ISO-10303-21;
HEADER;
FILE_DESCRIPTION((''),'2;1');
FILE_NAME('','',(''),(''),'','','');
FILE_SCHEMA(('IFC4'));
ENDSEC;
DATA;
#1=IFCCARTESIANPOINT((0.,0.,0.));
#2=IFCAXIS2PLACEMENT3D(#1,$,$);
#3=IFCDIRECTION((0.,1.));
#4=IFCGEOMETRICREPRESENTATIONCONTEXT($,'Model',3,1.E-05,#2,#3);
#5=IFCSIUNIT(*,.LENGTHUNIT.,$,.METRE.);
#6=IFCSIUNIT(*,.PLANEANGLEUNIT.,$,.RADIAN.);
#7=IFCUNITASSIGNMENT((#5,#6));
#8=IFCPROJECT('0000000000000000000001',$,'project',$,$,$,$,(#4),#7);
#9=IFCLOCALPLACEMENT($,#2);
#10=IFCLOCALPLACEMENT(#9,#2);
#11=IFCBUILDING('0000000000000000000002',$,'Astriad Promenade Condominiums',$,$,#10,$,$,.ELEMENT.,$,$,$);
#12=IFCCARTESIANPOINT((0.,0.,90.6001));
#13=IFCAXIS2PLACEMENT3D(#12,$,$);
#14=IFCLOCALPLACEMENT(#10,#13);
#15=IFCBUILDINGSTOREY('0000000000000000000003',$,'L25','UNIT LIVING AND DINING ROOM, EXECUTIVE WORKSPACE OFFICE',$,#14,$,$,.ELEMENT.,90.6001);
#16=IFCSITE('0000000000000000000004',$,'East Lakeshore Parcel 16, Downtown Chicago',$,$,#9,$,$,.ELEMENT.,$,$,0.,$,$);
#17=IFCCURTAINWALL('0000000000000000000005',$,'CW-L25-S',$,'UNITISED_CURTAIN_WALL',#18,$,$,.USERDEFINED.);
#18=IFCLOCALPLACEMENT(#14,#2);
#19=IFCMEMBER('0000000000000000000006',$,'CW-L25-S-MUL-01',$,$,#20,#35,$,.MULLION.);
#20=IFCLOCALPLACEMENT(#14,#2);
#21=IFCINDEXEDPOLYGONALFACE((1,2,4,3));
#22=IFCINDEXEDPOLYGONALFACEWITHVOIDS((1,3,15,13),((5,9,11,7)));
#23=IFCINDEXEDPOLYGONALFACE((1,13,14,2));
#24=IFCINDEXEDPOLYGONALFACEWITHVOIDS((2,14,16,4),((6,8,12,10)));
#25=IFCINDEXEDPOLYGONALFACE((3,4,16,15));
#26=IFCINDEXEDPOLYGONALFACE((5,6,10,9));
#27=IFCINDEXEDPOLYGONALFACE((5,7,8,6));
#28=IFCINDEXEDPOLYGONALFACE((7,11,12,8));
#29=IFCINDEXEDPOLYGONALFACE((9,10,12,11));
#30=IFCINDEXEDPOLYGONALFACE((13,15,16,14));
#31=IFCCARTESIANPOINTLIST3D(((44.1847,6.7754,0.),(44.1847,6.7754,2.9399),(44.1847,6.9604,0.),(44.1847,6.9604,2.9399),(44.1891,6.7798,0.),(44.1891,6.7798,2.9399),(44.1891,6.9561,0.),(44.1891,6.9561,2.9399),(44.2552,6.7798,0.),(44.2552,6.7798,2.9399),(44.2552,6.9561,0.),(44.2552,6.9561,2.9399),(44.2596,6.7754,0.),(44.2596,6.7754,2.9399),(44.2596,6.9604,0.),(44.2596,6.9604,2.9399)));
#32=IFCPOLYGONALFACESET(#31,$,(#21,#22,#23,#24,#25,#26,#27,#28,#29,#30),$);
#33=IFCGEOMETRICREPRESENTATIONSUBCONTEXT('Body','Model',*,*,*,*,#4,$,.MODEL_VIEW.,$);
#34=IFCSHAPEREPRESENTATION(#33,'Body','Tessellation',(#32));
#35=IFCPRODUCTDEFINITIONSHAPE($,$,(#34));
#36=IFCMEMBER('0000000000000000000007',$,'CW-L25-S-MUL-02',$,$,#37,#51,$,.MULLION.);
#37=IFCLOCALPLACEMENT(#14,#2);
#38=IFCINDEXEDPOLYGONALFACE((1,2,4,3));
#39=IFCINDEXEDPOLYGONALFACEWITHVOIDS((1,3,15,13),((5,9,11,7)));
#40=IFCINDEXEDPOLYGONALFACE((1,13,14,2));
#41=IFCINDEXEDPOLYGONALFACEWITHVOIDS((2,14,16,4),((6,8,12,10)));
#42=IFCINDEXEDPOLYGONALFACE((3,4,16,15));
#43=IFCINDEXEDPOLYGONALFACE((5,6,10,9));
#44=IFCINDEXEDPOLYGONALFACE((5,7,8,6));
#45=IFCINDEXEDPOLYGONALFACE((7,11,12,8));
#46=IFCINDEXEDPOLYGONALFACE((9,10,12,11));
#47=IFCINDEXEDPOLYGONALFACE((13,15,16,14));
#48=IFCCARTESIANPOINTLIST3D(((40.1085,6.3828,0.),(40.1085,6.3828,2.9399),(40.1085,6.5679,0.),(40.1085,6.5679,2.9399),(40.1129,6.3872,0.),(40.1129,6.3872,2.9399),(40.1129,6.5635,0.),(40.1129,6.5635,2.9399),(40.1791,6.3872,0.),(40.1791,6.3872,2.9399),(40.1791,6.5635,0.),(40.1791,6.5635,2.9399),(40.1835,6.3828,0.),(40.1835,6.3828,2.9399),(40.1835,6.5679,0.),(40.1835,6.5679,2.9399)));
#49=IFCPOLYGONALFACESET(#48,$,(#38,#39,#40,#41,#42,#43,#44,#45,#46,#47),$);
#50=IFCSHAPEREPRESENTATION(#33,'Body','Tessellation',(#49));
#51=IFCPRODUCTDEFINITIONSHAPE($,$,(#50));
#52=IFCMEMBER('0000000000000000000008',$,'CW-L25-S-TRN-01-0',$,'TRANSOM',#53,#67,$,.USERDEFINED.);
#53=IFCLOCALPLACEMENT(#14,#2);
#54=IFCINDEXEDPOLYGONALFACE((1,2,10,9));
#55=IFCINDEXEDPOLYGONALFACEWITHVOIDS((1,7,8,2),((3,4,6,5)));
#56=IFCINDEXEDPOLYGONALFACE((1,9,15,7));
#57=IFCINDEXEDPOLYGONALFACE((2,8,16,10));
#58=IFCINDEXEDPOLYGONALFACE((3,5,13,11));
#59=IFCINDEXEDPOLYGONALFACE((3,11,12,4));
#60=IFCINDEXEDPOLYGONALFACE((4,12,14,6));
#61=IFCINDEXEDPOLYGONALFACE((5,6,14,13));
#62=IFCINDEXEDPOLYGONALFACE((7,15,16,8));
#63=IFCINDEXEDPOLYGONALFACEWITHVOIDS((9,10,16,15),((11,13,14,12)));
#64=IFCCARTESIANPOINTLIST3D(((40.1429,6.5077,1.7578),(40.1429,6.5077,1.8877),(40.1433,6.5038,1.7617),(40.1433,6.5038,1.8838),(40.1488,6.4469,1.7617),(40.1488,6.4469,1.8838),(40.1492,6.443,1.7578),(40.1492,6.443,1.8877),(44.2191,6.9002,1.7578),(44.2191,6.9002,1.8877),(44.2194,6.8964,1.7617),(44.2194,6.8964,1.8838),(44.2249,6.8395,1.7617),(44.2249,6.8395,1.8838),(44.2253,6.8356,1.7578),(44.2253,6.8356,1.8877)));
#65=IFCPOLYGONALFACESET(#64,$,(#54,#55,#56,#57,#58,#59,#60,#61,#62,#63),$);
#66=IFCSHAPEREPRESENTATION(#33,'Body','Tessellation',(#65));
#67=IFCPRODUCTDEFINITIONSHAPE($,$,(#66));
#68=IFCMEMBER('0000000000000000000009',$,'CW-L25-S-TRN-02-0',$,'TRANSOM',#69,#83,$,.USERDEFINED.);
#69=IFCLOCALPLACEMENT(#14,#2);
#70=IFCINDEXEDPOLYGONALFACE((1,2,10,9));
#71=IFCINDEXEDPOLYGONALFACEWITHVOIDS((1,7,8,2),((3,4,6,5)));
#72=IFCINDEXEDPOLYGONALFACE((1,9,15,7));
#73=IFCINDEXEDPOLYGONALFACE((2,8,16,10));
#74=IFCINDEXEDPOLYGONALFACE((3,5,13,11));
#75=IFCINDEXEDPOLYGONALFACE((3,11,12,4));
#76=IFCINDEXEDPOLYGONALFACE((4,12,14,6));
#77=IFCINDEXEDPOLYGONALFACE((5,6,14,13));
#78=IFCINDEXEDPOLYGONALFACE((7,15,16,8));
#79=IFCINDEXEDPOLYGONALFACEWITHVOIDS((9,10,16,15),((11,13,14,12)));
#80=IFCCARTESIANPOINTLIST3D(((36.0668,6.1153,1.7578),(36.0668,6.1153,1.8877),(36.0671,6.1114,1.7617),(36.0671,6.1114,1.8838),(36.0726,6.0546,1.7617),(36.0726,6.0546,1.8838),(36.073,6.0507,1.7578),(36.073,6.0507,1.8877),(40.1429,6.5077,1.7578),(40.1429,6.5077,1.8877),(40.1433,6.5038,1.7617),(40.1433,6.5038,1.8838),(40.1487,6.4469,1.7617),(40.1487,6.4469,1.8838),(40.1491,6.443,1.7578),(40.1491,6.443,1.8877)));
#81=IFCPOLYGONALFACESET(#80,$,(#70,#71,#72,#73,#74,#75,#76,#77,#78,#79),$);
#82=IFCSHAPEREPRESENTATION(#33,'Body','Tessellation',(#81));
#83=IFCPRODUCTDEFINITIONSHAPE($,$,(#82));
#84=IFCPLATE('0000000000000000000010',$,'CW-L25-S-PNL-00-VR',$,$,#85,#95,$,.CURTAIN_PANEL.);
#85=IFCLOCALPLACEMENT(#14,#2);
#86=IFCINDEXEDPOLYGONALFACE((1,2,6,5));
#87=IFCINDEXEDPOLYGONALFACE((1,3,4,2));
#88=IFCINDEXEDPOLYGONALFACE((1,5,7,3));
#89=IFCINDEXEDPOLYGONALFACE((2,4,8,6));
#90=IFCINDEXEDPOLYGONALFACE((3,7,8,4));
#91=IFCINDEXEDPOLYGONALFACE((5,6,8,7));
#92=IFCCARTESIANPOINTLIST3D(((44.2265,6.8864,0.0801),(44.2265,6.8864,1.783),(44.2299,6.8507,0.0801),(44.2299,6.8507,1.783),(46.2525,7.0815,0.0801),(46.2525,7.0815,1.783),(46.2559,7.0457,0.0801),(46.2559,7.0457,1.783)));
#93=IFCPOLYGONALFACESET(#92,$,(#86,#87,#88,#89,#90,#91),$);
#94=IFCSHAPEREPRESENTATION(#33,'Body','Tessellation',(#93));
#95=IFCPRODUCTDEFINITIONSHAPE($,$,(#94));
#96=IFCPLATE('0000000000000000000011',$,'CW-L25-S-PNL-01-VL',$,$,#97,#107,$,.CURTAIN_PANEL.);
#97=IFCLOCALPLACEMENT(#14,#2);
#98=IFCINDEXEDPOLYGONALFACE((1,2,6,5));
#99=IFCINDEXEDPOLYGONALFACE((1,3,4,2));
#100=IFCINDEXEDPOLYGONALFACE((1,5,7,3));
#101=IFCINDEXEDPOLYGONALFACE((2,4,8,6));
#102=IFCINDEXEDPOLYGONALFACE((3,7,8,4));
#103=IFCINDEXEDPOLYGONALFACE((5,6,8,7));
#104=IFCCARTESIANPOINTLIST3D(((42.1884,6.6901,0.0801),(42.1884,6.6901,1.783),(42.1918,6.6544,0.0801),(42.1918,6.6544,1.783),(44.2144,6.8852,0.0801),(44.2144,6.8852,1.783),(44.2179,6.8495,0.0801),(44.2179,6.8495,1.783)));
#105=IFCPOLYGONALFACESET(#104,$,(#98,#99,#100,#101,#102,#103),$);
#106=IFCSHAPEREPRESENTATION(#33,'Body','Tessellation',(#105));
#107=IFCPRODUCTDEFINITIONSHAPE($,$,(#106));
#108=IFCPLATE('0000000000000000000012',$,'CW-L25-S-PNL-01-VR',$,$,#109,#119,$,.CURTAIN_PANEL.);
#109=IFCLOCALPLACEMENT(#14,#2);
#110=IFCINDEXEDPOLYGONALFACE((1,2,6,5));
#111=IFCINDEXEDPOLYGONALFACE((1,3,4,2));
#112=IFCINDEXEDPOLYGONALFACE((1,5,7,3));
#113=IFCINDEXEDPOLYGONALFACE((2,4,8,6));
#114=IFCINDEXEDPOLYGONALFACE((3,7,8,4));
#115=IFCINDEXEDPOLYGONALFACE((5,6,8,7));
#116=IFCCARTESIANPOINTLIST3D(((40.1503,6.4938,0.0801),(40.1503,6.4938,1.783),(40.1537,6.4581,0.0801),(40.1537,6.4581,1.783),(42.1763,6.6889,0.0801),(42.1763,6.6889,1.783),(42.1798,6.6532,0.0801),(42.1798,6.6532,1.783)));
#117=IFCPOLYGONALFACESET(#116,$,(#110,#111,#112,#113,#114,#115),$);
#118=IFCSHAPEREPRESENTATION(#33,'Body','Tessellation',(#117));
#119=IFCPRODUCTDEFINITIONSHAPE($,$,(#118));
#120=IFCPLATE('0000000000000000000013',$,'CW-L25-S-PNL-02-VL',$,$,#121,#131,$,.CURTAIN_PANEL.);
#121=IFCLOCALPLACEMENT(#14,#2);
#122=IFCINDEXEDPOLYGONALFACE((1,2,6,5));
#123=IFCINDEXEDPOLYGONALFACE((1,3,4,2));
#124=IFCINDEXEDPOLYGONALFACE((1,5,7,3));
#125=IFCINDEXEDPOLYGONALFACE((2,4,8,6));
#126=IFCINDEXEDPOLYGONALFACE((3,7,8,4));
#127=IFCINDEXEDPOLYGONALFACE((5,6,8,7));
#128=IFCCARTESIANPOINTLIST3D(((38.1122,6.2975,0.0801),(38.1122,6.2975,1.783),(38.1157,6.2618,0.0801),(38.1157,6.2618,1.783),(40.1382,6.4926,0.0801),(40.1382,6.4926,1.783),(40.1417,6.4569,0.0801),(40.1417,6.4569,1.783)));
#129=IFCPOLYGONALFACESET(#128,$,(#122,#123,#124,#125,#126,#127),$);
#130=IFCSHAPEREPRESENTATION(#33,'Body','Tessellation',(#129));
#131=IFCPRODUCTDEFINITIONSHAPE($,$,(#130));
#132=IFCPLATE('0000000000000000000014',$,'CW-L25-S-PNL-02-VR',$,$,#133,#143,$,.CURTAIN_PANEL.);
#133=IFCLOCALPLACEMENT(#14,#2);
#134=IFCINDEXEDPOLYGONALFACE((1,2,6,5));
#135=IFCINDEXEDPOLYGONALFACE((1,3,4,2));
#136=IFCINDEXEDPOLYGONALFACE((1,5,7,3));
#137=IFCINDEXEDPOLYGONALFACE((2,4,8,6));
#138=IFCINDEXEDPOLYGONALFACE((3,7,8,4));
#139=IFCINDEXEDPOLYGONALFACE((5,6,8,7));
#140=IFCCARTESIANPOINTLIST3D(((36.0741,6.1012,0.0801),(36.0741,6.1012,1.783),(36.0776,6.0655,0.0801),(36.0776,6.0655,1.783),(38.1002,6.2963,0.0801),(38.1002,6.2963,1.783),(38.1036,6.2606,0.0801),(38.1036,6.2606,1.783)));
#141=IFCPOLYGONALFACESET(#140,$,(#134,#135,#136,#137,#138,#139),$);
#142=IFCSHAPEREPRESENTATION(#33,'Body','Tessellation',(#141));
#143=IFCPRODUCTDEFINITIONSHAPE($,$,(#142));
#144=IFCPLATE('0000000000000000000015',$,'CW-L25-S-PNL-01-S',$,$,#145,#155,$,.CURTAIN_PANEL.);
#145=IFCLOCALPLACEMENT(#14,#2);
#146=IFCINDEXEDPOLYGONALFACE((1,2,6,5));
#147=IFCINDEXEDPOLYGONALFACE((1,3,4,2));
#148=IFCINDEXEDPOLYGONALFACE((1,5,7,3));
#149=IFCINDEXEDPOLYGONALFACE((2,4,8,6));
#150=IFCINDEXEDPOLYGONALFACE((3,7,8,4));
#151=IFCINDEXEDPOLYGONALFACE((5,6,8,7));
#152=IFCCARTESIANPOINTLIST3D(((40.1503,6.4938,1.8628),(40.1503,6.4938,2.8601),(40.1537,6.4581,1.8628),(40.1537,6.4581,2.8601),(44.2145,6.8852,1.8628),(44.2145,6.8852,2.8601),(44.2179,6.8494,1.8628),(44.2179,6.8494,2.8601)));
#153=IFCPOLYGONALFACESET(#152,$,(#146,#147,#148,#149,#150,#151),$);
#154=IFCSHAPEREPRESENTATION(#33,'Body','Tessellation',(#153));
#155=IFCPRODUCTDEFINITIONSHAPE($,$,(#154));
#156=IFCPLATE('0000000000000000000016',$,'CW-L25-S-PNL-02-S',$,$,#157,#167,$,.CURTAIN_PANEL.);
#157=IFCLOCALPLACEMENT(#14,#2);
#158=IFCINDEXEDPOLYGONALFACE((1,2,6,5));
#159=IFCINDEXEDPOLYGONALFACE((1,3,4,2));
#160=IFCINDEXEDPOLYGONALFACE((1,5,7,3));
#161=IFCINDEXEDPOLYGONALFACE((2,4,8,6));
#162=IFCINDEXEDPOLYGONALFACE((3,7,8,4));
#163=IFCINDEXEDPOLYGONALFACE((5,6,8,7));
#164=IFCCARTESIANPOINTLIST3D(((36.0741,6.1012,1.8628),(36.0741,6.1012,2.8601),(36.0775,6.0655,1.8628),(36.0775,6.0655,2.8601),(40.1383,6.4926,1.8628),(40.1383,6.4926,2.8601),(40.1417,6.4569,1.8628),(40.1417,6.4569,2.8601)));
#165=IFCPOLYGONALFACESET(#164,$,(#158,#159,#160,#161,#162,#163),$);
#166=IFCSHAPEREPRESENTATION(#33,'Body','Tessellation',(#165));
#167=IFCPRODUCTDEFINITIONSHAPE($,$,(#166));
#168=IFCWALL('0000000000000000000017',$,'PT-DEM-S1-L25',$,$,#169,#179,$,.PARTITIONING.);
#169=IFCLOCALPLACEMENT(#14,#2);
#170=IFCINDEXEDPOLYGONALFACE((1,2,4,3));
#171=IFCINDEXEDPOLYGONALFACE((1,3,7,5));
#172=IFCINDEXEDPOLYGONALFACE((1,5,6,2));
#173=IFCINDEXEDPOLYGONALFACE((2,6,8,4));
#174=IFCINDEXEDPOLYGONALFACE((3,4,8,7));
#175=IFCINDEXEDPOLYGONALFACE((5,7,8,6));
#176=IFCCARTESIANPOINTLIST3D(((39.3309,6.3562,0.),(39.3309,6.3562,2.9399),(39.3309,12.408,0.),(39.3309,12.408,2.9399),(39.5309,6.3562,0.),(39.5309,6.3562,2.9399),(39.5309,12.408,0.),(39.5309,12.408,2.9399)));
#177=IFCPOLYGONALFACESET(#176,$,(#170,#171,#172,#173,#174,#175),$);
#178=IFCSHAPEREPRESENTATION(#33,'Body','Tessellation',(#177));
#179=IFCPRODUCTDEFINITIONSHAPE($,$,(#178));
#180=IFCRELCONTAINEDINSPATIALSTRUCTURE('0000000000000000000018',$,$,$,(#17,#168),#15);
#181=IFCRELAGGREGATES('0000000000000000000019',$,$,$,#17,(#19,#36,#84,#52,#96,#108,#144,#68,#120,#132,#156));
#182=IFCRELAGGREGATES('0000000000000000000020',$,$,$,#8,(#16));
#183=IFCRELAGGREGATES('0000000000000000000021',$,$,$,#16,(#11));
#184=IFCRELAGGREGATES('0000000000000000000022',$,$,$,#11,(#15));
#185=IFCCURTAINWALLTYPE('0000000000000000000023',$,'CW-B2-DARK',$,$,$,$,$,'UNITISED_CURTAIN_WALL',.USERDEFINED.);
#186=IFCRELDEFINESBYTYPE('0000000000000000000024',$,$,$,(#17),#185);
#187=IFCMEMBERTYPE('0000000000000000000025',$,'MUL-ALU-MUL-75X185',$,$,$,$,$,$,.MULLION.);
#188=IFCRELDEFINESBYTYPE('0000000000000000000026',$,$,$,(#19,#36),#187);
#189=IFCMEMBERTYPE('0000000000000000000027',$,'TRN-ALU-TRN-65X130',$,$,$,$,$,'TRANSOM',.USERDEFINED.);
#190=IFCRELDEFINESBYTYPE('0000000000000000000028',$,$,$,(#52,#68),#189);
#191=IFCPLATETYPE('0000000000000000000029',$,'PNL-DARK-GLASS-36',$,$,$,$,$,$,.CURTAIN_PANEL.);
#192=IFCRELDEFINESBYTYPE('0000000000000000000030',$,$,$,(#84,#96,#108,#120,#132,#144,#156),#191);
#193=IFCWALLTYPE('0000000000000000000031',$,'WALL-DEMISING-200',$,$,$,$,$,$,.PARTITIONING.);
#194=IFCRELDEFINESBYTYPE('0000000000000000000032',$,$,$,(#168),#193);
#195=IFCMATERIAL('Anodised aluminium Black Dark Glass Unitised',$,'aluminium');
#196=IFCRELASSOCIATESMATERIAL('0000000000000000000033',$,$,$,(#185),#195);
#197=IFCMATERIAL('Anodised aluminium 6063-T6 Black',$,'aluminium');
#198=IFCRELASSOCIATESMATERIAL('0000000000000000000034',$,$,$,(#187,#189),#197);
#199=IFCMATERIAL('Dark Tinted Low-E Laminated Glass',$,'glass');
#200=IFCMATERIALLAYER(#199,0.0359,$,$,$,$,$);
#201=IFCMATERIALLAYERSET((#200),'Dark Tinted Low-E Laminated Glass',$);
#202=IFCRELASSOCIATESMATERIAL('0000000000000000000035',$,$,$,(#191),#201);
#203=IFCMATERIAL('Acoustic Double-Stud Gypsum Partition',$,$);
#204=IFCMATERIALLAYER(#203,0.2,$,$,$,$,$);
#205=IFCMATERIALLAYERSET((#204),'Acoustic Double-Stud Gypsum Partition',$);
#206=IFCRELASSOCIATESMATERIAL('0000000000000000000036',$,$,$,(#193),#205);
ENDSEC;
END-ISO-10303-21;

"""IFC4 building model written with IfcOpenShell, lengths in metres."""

from ifc_helpers import new_model, si_unit, direction, frame, frame_2d, origin, origin_2d, place, context, subcontext, project, spatial, rectangle, hollow_rectangle, extrude, source, transform, mapped, material, layer, layer_set, material_profile, profile_set, type_object, type_shapes, element, aggregate, save


model = new_model("IFC4")

# Units and contexts
model_context = context("Model", 3, precision=1e-05, world=origin(), true_north=direction((0.0, 1.0)))
body_context = subcontext(model_context, "Body", "Model", "MODEL_VIEW")
ifc_project = project(units=[si_unit("LENGTHUNIT", "METRE"), si_unit("PLANEANGLEUNIT", "RADIAN")], contexts=[model_context])

# Site, building, storey
site_placement = place(None, origin())
site = spatial("IfcSite", under=ifc_project, at=site_placement, Name="East Lakeshore Parcel 16, Downtown Chicago", CompositionType="ELEMENT", RefElevation=0.0)
building_placement = place(site_placement, origin())
building = spatial("IfcBuilding", under=site, at=building_placement, Name="Astriad Promenade Condominiums", CompositionType="ELEMENT")
storey_placement = place(building_placement, frame((0.0, 0.0, 90.6001)))
storey = spatial("IfcBuildingStorey", under=building, at=storey_placement, Name="L25", Description="UNIT LIVING AND DINING ROOM, EXECUTIVE WORKSPACE OFFICE", CompositionType="ELEMENT", Elevation=90.6001)

# Curtain wall, members, plates
ifc_material_1 = material(Name="Anodised aluminium Black Dark Glass Unitised", Category="aluminium")
curtain_wall_type = type_object("IfcCurtainWallType", Name="CW-B2-DARK", ElementType="UNITISED_CURTAIN_WALL", PredefinedType="USERDEFINED", material=ifc_material_1)
curtain_wall_placement = place(storey_placement, origin())
curtain_wall = element("IfcCurtainWall", 1, at=curtain_wall_placement, inside=storey, type_object=curtain_wall_type, Name="CW-L25-S", ObjectType="UNITISED_CURTAIN_WALL", PredefinedType="USERDEFINED")
ifc_material_2 = material(Name="Anodised aluminium 6063-T6 Black", Category="aluminium")
ifc_material_profile_1 = material_profile(ifc_material_2, hollow_rectangle(XDim=0.075, YDim=0.1851, WallThickness=0.0044, at=origin_2d()), Name="ALU-MUL-75X185")
ifc_profile_set_1 = profile_set([ifc_material_profile_1], Name="Anodised aluminium 6063-T6 Black")
member_type_1 = type_object("IfcMemberType", Name="MUL-ALU-MUL-75X185", PredefinedType="MULLION", material=ifc_profile_set_1)
shared_shape_1 = source(origin(), body_context, "Body", "SweptSolid", [
    extrude(hollow_rectangle(XDim=0.075, YDim=0.1851, WallThickness=0.0044, at=origin_2d()), origin(), (0.0, 0.0, 1.0), 2.9399),
])
type_shapes(member_type_1, [shared_shape_1])
member_1_placement = place(storey_placement, frame((44.2222, 6.8679, 0.0), z_axis=(0.0, 0.0, 1.0), x_axis=(1.0, 0.0, 0.0)))
member_1 = element("IfcMember", 2, at=member_1_placement, type_object=member_type_1, Name="CW-L25-S-MUL-01", PredefinedType="MULLION", context=body_context, shape_type="MappedRepresentation", body=[
    mapped(shared_shape_1, transform((0.0, 0.0, 0.0), scale=1.0)),
])
member_2_placement = place(storey_placement, frame((40.146, 6.4753, 0.0), z_axis=(0.0, 0.0, 1.0), x_axis=(1.0, 0.0, 0.0)))
member_2 = element("IfcMember", 3, at=member_2_placement, type_object=member_type_1, Name="CW-L25-S-MUL-02", PredefinedType="MULLION", context=body_context, shape_type="MappedRepresentation", body=[
    mapped(shared_shape_1, transform((0.0, 0.0, 0.0), scale=1.0)),
])
ifc_material_profile_2 = material_profile(ifc_material_2, hollow_rectangle(XDim=0.0649, YDim=0.1299, WallThickness=0.0039, at=origin_2d()), Name="ALU-TRN-65X130")
ifc_profile_set_2 = profile_set([ifc_material_profile_2], Name="Anodised aluminium 6063-T6 Black")
member_type_2 = type_object("IfcMemberType", Name="TRN-ALU-TRN-65X130", ElementType="TRANSOM", PredefinedType="USERDEFINED", material=ifc_profile_set_2)
shared_shape_2 = source(origin(), body_context, "Body", "SweptSolid", [
    extrude(hollow_rectangle(XDim=0.0649, YDim=0.1299, WallThickness=0.0039, at=origin_2d()), origin(), (0.0, 0.0, 1.0), 4.095),
])
type_shapes(member_type_2, [shared_shape_2])
member_3_placement = place(storey_placement, frame((44.2222, 6.8679, 1.8228), z_axis=(-0.995394, -0.095867, 0.0), x_axis=(0.095867, -0.995394, 0.0)))
member_3 = element("IfcMember", 4, at=member_3_placement, type_object=member_type_2, Name="CW-L25-S-TRN-01-0", ObjectType="TRANSOM", PredefinedType="USERDEFINED", context=body_context, shape_type="MappedRepresentation", body=[
    mapped(shared_shape_2, transform((0.0, 0.0, 0.0), scale=1.0)),
])
member_4_placement = place(storey_placement, frame((40.146, 6.4753, 1.8228), z_axis=(-0.9954, -0.095808, 0.0), x_axis=(0.095808, -0.9954, 0.0)))
member_4 = element("IfcMember", 5, at=member_4_placement, type_object=member_type_2, Name="CW-L25-S-TRN-02-0", ObjectType="TRANSOM", PredefinedType="USERDEFINED", context=body_context, shape_type="MappedRepresentation", body=[
    mapped(shared_shape_2, transform((0.0, 0.0, 0.0), scale=1.0)),
])
ifc_material_3 = material(Name="Dark Tinted Low-E Laminated Glass", Category="glass")
ifc_layer_1 = layer(ifc_material_3, 0.0359)
ifc_layer_set_1 = layer_set([ifc_layer_1], Name="Dark Tinted Low-E Laminated Glass")
plate_type = type_object("IfcPlateType", Name="PNL-DARK-GLASS-36", PredefinedType="CURTAIN_PANEL", material=ifc_layer_set_1)
shared_shape_3 = source(origin(), body_context, "Body", "SweptSolid", [
    extrude(rectangle(XDim=2.0354, YDim=0.0359, at=origin_2d()), origin(), (0.0, 0.0, 1.0), 1.7029),
])
plate_1_placement = place(storey_placement, frame((45.2412, 6.9661, 0.0801), z_axis=(0.0, 0.0, 1.0), x_axis=(-0.995396, -0.095846, 0.0)))
plate_1 = element("IfcPlate", 6, at=plate_1_placement, type_object=plate_type, Name="CW-L25-S-PNL-00-VR", PredefinedType="CURTAIN_PANEL", context=body_context, shape_type="MappedRepresentation", body=[
    mapped(shared_shape_3, transform((0.0, 0.0, 0.0), scale=1.0)),
])
plate_2_placement = place(storey_placement, frame((43.2031, 6.7698, 0.0801), z_axis=(0.0, 0.0, 1.0), x_axis=(-0.995396, -0.095846, 0.0)))
plate_2 = element("IfcPlate", 7, at=plate_2_placement, type_object=plate_type, Name="CW-L25-S-PNL-01-VL", PredefinedType="CURTAIN_PANEL", context=body_context, shape_type="MappedRepresentation", body=[
    mapped(shared_shape_3, transform((0.0, 0.0, 0.0), scale=1.0)),
])
plate_3_placement = place(storey_placement, frame((41.165, 6.5735, 0.0801), z_axis=(0.0, 0.0, 1.0), x_axis=(-0.995396, -0.095846, 0.0)))
plate_3 = element("IfcPlate", 8, at=plate_3_placement, type_object=plate_type, Name="CW-L25-S-PNL-01-VR", PredefinedType="CURTAIN_PANEL", context=body_context, shape_type="MappedRepresentation", body=[
    mapped(shared_shape_3, transform((0.0, 0.0, 0.0), scale=1.0)),
])
plate_4_placement = place(storey_placement, frame((39.127, 6.3772, 0.0801), z_axis=(0.0, 0.0, 1.0), x_axis=(-0.995396, -0.095846, 0.0)))
plate_4 = element("IfcPlate", 9, at=plate_4_placement, type_object=plate_type, Name="CW-L25-S-PNL-02-VL", PredefinedType="CURTAIN_PANEL", context=body_context, shape_type="MappedRepresentation", body=[
    mapped(shared_shape_3, transform((0.0, 0.0, 0.0), scale=1.0)),
])
plate_5_placement = place(storey_placement, frame((37.0889, 6.1809, 0.0801), z_axis=(0.0, 0.0, 1.0), x_axis=(-0.995396, -0.095846, 0.0)))
plate_5 = element("IfcPlate", 10, at=plate_5_placement, type_object=plate_type, Name="CW-L25-S-PNL-02-VR", PredefinedType="CURTAIN_PANEL", context=body_context, shape_type="MappedRepresentation", body=[
    mapped(shared_shape_3, transform((0.0, 0.0, 0.0), scale=1.0)),
])
shared_shape_4 = source(origin(), body_context, "Body", "SweptSolid", [
    extrude(rectangle(XDim=4.083, YDim=0.0359, at=origin_2d()), origin(), (0.0, 0.0, 1.0), 0.9973),
])
type_shapes(plate_type, [shared_shape_3, shared_shape_4])
plate_6_placement = place(storey_placement, frame((42.1841, 6.6716, 1.8628), z_axis=(0.0, 0.0, 1.0), x_axis=(-0.995396, -0.095846, 0.0)))
plate_6 = element("IfcPlate", 11, at=plate_6_placement, type_object=plate_type, Name="CW-L25-S-PNL-01-S", PredefinedType="CURTAIN_PANEL", context=body_context, shape_type="MappedRepresentation", body=[
    mapped(shared_shape_4, transform((0.0, 0.0, 0.0), scale=1.0)),
])
plate_7_placement = place(storey_placement, frame((38.1079, 6.2791, 1.8628), z_axis=(0.0, 0.0, 1.0), x_axis=(-0.995396, -0.095846, 0.0)))
plate_7 = element("IfcPlate", 12, at=plate_7_placement, type_object=plate_type, Name="CW-L25-S-PNL-02-S", PredefinedType="CURTAIN_PANEL", context=body_context, shape_type="MappedRepresentation", body=[
    mapped(shared_shape_4, transform((0.0, 0.0, 0.0), scale=1.0)),
])
aggregate(curtain_wall, [member_1, member_2, plate_1, member_3, plate_2, plate_3, plate_6, member_4, plate_4, plate_5, plate_7])

# Wall
ifc_material_4 = material(Name="Acoustic Double-Stud Gypsum Partition")
ifc_layer_2 = layer(ifc_material_4, 0.2)
ifc_layer_set_2 = layer_set([ifc_layer_2], Name="Acoustic Double-Stud Gypsum Partition")
wall_type_1 = type_object("IfcWallType", Name="WALL-DEMISING-200", PredefinedType="PARTITIONING", material=ifc_layer_set_2)
wall_1_placement = place(storey_placement, frame((39.4309, 6.3562, 0.0), z_axis=(0.0, 0.0, 1.0), x_axis=(0.0, 1.0, 0.0)))
element("IfcWall", 13, at=wall_1_placement, inside=storey, type_object=wall_type_1, Name="PT-DEM-S1-L25", PredefinedType="PARTITIONING", context=body_context, shape_type="SweptSolid", body=[
    extrude(rectangle(XDim=6.0518, YDim=0.2, at=frame_2d((3.0259, 0.0))), origin(), (0.0, 0.0, 1.0), 2.9399),
])

save(model, "model.ifc")
